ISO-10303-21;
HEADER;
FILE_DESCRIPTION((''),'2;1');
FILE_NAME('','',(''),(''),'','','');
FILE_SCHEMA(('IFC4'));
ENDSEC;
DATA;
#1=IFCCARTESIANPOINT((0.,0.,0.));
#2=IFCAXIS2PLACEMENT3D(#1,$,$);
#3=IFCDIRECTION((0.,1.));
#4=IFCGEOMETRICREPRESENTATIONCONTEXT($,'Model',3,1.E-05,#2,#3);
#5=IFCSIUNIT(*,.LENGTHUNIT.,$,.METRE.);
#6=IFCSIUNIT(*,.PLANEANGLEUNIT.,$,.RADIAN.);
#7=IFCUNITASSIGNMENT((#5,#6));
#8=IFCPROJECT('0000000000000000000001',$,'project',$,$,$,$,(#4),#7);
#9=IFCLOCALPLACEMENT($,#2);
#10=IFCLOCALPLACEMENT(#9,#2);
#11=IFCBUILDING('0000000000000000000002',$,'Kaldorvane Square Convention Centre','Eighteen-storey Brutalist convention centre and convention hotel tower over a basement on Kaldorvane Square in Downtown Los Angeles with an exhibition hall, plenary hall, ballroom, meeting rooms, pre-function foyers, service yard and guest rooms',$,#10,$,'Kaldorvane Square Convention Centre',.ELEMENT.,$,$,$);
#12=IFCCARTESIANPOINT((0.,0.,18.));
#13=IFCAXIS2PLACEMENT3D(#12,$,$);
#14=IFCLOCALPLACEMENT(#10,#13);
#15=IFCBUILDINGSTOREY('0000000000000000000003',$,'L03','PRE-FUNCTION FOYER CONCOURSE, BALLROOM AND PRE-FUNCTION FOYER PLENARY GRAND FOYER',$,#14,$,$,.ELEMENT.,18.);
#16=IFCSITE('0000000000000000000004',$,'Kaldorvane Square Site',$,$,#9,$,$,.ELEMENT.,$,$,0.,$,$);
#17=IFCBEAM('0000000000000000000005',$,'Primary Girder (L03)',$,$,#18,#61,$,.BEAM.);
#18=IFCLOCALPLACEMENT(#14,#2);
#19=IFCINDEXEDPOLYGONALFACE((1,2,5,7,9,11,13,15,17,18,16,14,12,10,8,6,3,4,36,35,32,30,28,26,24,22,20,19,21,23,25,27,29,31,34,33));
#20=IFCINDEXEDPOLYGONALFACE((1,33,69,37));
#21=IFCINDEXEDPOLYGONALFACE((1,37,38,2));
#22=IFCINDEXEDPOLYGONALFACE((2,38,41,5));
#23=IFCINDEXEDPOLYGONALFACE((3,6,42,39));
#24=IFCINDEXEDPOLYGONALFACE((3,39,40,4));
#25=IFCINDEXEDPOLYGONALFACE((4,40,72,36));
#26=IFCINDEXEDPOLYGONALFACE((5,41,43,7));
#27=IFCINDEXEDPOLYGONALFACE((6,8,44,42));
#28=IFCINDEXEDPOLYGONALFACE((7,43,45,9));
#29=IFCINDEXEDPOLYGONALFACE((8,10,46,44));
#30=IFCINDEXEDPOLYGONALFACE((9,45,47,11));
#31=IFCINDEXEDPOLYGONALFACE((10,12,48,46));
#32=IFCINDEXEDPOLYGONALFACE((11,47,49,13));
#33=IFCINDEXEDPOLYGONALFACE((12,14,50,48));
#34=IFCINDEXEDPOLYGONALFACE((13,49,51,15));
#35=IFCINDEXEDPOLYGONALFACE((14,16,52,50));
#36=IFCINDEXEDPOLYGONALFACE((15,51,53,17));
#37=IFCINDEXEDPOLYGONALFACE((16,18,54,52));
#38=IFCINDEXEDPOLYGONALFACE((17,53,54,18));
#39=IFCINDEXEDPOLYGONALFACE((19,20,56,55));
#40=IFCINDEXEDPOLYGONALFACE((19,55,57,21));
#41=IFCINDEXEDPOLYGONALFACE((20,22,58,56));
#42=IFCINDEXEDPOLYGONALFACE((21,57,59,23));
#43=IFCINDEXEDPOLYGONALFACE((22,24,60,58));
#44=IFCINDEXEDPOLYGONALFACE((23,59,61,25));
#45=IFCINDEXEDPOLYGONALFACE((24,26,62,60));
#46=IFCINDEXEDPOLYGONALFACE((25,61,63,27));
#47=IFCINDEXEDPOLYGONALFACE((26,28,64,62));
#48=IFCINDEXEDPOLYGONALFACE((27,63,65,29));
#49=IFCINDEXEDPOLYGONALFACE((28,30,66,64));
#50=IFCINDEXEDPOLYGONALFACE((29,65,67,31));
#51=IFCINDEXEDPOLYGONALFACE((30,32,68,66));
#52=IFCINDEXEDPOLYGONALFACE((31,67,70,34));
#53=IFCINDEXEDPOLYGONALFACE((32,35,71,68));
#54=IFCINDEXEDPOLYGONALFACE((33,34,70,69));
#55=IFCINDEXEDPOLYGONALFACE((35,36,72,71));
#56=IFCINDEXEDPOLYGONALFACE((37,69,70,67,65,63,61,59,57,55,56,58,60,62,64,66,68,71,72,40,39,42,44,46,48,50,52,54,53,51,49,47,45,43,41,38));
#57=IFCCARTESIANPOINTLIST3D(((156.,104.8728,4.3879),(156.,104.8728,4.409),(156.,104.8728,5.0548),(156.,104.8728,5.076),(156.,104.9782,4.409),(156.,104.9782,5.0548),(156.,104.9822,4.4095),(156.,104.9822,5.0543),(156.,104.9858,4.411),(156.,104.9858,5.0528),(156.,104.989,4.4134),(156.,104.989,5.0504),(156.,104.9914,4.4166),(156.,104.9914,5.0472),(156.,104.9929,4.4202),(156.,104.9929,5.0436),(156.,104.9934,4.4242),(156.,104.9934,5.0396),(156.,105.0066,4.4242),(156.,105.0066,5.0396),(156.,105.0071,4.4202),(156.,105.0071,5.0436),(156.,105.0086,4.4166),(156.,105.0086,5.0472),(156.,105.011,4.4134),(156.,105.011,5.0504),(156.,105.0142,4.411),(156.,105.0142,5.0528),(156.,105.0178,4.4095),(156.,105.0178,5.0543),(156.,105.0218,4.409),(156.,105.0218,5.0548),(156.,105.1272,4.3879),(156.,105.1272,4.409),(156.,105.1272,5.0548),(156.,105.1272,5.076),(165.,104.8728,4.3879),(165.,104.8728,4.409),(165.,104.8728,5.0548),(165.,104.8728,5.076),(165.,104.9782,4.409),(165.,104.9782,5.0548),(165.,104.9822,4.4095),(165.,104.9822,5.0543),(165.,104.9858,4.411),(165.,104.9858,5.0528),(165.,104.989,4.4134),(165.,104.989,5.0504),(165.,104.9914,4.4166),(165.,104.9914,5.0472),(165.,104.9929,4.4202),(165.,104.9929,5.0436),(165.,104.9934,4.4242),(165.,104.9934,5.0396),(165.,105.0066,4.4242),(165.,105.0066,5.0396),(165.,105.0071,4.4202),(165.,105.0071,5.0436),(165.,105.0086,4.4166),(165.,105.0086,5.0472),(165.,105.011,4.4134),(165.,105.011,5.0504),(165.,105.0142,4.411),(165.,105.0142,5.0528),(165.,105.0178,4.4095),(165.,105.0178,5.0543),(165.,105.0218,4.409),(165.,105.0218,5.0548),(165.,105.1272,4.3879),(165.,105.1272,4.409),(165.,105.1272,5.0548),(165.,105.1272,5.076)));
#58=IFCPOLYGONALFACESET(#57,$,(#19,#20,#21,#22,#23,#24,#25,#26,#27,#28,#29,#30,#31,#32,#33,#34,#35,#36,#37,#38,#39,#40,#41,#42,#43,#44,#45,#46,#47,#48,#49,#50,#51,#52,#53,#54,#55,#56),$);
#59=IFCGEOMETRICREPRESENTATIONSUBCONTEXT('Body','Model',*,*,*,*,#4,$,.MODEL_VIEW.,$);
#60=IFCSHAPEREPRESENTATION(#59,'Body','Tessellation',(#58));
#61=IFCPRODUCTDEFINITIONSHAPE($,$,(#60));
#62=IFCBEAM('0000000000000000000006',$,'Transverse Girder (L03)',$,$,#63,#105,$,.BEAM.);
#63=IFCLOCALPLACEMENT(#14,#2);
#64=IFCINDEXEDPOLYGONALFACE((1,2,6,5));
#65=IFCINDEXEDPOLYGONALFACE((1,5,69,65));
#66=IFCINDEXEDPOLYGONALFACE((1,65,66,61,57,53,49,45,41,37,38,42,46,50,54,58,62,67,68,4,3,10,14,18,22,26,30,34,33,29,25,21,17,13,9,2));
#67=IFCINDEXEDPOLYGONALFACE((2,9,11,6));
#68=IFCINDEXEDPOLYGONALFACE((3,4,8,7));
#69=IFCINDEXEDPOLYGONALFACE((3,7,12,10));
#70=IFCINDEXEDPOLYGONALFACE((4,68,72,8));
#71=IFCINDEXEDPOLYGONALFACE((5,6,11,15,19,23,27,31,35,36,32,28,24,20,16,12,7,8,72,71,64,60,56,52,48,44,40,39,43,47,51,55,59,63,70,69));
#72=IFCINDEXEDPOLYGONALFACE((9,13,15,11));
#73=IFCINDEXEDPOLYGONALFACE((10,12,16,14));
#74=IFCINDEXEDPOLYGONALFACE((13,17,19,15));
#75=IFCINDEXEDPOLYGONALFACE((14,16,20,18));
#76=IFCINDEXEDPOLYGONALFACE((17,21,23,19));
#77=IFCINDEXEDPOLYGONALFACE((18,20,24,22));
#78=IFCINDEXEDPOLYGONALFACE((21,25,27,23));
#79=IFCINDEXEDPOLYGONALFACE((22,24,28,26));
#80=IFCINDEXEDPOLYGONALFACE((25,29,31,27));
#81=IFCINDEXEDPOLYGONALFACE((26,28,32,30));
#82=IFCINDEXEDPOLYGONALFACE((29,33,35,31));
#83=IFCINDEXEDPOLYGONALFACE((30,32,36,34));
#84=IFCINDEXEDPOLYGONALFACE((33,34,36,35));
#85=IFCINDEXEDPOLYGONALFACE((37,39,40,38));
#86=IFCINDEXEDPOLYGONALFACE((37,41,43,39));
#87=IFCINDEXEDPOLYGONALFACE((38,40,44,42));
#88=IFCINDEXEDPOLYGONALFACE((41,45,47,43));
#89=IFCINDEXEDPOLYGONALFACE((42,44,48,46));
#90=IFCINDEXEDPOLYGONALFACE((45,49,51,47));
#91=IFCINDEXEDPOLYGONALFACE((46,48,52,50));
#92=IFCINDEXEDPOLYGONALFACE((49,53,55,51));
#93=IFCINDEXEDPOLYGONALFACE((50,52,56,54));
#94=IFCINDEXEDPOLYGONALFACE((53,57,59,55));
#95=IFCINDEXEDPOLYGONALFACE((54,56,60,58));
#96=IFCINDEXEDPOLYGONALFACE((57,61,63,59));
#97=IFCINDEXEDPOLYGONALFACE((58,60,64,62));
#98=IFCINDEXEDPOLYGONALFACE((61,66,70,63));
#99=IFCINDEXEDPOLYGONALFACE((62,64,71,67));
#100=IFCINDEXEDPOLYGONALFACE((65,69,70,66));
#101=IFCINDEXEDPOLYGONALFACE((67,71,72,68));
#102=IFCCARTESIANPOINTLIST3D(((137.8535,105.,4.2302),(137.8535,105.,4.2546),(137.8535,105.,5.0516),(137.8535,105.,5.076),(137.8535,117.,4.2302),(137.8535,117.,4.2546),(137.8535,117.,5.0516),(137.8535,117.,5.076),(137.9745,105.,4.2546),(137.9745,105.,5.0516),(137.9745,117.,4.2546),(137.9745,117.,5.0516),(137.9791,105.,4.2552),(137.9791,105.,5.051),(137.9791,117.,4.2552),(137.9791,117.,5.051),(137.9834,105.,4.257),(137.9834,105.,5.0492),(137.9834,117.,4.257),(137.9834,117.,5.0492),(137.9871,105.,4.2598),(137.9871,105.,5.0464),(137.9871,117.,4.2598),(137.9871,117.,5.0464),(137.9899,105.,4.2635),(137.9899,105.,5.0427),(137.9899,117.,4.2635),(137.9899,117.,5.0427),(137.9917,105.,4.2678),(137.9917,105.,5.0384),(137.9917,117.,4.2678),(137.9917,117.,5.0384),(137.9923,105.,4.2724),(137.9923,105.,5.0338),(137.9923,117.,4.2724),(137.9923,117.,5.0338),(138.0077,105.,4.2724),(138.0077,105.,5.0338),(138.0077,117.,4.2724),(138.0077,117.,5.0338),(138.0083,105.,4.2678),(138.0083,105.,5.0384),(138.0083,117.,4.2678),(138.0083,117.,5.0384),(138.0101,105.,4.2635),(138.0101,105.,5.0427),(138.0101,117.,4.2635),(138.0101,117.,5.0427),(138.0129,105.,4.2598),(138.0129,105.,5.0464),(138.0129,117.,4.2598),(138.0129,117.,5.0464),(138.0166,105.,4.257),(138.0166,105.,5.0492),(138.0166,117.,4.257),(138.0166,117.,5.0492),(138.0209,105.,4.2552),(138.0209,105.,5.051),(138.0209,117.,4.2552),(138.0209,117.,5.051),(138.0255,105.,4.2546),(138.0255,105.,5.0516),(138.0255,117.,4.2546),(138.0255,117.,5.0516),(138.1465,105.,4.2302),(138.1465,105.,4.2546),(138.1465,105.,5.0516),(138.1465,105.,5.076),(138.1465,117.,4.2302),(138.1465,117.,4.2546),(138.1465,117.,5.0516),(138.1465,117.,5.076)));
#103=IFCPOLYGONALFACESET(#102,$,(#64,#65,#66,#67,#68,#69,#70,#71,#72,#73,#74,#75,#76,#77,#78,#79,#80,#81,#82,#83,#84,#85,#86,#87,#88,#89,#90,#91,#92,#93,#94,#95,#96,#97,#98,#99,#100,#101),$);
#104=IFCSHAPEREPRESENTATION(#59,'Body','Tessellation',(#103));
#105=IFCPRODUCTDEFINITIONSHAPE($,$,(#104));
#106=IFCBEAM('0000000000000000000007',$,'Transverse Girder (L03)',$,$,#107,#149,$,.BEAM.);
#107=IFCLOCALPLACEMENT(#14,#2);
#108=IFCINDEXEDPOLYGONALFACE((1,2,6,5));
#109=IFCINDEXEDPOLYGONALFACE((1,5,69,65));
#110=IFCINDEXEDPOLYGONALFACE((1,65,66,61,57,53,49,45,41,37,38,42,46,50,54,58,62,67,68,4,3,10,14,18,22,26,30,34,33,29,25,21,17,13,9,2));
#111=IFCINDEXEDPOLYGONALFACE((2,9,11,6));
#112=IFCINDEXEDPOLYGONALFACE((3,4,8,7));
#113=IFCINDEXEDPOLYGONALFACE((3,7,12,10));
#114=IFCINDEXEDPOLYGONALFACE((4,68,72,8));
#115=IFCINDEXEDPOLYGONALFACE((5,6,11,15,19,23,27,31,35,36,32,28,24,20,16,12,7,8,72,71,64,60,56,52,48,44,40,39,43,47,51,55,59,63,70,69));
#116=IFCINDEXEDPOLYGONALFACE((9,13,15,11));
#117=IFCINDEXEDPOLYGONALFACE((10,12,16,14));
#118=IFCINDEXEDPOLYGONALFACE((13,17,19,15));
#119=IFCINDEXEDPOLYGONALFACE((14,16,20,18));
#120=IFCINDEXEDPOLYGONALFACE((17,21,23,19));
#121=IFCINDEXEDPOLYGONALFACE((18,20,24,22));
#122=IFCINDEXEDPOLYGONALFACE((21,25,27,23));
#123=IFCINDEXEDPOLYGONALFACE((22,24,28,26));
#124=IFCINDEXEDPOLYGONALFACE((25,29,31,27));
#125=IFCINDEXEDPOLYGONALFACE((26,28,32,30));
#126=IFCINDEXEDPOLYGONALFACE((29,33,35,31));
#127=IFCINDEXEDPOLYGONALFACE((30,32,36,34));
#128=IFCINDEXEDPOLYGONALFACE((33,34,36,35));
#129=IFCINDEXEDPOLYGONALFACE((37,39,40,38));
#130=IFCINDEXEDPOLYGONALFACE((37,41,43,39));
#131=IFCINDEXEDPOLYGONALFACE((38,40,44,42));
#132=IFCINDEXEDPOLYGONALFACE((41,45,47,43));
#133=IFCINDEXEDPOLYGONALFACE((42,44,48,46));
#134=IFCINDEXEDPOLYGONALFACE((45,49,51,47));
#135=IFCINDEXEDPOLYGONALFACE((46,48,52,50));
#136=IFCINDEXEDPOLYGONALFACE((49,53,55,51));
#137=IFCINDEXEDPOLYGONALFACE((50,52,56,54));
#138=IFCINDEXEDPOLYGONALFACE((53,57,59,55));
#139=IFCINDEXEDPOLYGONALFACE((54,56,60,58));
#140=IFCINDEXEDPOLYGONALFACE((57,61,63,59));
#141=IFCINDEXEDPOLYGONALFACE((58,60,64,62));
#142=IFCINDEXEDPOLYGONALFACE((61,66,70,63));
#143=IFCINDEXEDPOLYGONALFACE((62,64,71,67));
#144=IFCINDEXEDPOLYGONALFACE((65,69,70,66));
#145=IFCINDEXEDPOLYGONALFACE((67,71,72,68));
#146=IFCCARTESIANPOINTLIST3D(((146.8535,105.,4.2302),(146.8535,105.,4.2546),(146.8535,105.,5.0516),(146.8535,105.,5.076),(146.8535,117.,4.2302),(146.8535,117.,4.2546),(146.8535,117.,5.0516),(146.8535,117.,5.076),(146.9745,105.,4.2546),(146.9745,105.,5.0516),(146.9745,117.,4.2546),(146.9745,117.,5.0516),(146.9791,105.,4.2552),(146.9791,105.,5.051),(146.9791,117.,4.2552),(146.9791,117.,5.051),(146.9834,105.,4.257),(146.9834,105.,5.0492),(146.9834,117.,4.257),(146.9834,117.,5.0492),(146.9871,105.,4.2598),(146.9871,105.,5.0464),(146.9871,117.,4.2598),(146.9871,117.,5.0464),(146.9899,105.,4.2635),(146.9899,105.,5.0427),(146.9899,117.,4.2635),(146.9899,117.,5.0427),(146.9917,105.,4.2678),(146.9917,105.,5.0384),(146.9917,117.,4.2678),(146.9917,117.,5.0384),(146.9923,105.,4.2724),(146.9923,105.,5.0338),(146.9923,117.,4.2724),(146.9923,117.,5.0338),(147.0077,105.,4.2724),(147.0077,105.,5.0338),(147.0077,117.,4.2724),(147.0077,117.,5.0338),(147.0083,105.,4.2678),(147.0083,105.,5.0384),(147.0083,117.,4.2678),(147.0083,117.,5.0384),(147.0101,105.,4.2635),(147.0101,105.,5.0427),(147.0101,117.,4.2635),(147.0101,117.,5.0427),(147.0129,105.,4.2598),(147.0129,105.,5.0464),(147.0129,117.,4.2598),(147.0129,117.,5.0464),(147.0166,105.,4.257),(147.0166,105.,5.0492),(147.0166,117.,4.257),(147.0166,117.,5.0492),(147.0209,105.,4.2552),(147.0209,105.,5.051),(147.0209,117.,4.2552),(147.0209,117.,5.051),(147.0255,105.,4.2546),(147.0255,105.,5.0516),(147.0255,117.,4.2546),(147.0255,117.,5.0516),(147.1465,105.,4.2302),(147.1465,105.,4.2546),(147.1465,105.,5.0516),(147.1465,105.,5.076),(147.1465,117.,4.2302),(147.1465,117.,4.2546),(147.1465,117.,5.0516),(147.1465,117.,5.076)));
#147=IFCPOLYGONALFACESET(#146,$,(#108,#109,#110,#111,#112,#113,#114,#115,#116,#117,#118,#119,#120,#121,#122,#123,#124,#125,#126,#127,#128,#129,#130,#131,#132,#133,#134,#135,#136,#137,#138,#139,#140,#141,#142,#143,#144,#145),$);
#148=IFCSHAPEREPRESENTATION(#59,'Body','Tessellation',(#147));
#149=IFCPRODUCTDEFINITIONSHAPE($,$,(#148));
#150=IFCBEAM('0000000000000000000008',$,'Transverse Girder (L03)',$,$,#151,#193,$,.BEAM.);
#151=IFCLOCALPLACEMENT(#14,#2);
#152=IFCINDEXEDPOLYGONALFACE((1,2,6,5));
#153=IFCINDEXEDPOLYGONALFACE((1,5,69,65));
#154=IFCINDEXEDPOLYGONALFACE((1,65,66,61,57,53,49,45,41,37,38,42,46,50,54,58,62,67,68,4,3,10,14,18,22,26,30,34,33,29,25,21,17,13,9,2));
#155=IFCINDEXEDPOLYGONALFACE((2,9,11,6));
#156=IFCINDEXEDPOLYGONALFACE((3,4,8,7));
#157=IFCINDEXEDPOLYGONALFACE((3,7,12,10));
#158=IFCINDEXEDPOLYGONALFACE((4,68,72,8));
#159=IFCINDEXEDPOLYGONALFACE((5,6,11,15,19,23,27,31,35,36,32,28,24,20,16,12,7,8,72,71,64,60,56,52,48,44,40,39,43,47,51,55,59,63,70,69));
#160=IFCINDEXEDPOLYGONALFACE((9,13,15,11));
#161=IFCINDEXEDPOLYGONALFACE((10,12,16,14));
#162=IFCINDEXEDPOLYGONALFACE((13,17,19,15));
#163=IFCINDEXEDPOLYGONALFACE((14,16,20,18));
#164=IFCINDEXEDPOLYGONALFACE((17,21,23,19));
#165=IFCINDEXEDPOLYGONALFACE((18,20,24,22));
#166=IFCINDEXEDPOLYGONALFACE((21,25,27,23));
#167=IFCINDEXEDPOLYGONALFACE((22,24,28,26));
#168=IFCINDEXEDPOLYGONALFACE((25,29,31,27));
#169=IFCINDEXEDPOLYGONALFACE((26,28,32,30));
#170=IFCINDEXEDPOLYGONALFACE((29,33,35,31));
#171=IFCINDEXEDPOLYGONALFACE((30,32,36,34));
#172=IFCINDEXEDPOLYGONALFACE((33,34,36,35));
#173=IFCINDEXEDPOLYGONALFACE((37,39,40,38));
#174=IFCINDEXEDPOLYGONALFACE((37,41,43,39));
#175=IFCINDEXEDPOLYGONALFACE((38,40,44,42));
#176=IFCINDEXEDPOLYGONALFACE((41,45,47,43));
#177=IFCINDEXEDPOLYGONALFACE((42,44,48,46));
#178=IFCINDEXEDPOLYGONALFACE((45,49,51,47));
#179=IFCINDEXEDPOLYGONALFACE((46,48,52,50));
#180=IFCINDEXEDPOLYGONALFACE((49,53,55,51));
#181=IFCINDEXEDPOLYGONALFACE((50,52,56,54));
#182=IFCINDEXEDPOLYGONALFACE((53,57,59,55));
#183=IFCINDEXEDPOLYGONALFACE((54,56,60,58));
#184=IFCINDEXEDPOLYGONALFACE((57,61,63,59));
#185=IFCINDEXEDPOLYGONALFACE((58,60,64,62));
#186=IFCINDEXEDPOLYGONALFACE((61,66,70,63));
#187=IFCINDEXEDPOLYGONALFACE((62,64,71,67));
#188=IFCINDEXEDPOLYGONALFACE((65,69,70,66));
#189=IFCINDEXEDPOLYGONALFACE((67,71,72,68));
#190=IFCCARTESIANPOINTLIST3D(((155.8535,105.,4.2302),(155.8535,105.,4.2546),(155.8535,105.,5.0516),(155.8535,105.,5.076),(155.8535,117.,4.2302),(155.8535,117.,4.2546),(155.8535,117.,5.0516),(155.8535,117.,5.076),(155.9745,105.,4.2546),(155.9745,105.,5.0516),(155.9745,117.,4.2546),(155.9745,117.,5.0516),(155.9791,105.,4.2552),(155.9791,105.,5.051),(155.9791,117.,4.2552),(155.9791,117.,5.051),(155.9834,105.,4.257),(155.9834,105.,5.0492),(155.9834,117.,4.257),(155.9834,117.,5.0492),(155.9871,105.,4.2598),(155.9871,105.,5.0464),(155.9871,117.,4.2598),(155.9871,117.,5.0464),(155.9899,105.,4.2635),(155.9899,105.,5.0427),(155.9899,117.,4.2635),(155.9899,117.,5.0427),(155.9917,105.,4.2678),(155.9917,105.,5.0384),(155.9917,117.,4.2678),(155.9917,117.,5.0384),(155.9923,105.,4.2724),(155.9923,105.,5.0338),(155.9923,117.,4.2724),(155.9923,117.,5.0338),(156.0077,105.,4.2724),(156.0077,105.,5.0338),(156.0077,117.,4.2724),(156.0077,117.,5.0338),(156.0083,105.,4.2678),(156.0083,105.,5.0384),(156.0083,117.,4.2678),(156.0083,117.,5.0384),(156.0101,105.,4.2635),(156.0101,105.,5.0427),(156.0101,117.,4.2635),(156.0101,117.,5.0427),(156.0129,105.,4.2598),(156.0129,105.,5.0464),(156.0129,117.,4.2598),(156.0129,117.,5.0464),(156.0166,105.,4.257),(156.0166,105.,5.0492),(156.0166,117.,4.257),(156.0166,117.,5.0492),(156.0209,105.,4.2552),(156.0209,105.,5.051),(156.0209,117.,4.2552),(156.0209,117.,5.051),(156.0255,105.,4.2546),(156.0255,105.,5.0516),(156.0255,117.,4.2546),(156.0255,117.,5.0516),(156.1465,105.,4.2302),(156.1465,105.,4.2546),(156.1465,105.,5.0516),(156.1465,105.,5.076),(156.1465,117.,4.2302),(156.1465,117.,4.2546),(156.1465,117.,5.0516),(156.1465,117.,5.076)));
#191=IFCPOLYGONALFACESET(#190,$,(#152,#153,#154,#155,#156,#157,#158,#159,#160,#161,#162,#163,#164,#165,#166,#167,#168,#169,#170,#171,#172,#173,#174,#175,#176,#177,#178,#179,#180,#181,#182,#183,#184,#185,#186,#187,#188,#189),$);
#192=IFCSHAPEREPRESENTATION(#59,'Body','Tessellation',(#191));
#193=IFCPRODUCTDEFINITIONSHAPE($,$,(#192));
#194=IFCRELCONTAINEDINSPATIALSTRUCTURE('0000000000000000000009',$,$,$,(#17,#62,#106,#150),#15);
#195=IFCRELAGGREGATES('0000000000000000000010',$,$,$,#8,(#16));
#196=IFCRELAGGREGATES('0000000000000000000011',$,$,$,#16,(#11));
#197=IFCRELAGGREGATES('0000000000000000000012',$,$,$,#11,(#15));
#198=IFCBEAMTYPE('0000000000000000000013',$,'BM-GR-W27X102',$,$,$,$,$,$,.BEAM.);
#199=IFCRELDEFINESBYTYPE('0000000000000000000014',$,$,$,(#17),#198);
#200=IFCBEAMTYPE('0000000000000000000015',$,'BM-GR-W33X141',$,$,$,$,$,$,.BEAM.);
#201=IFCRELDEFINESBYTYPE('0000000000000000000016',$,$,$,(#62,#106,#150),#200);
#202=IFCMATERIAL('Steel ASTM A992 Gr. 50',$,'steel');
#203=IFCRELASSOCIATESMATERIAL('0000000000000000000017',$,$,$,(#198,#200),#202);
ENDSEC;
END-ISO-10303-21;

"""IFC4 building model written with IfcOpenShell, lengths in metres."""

from ifc_helpers import new_model, si_unit, direction, frame, origin, origin_2d, place, context, subcontext, project, spatial, i_section, extrude, material, material_profile, profile_set, type_object, element, save


model = new_model("IFC4")

# Units and contexts
model_context = context("Model", 3, precision=1e-05, world=origin(), true_north=direction((0.0, 1.0)))
body_context = subcontext(model_context, "Body", "Model", "MODEL_VIEW")
ifc_project = project(units=[si_unit("LENGTHUNIT", "METRE"), si_unit("PLANEANGLEUNIT", "RADIAN")], contexts=[model_context])

# Site, building, storey
site_placement = place(None, origin())
site = spatial("IfcSite", under=ifc_project, at=site_placement, Name="Kaldorvane Square Site", CompositionType="ELEMENT", RefElevation=0.0)
building_placement = place(site_placement, origin())
building = spatial("IfcBuilding", under=site, at=building_placement, Name="Kaldorvane Square Convention Centre", Description="Eighteen-storey Brutalist convention centre and convention hotel tower over a basement on Kaldorvane Square in Downtown Los Angeles with an exhibition hall, plenary hall, ballroom, meeting rooms, pre-function foyers, service yard and guest rooms", LongName="Kaldorvane Square Convention Centre", CompositionType="ELEMENT")
storey_placement = place(building_placement, frame((0.0, 0.0, 18.0)))
storey = spatial("IfcBuildingStorey", under=building, at=storey_placement, Name="L03", Description="PRE-FUNCTION FOYER CONCOURSE, BALLROOM AND PRE-FUNCTION FOYER PLENARY GRAND FOYER", CompositionType="ELEMENT", Elevation=18.0)

# Shared definitions
ifc_material_1 = material(Name="Steel ASTM A992 Gr. 50", Category="steel")

# Beams
ifc_material_profile_1 = material_profile(ifc_material_1, i_section(OverallWidth=0.2544, OverallDepth=0.6881, WebThickness=0.0131, FlangeThickness=0.0211, FilletRadius=0.0152, at=origin_2d()), Name="W27X102")
ifc_profile_set_1 = profile_set([ifc_material_profile_1], Name="Steel ASTM A992 Gr. 50")
beam_type_1 = type_object("IfcBeamType", Name="BM-GR-W27X102", PredefinedType="BEAM", material=ifc_profile_set_1)
for number, where, z_axis, x_axis, name in (
    (1, (156.0, 105.0, 4.7319), (1.0, 0.0, 0.0), (0.0, 1.0, 0.0), "Primary Girder (L03)"),
):
    element("IfcBeam", number, at=place(storey_placement, frame(where, z_axis=z_axis, x_axis=x_axis)), inside=storey, type_object=beam_type_1, Name=name, PredefinedType="BEAM", context=body_context, shape_type="SweptSolid", body=[
        extrude(i_section(OverallWidth=0.2544, OverallDepth=0.6881, WebThickness=0.0131, FlangeThickness=0.0211, FilletRadius=0.0152, at=origin_2d()), origin(), (0.0, 0.0, 1.0), 9.0),
    ])
ifc_material_profile_2 = material_profile(ifc_material_1, i_section(OverallWidth=0.293, OverallDepth=0.8458, WebThickness=0.0154, FlangeThickness=0.0244, FilletRadius=0.0178, at=origin_2d()), Name="W33X141")
ifc_profile_set_2 = profile_set([ifc_material_profile_2], Name="Steel ASTM A992 Gr. 50")
beam_type_2 = type_object("IfcBeamType", Name="BM-GR-W33X141", PredefinedType="BEAM", material=ifc_profile_set_2)
for number, where, z_axis, x_axis, name in (
    (2, (138.0, 105.0, 4.6531), (0.0, 1.0, 0.0), (-1.0, 0.0, 0.0), "Transverse Girder (L03)"),
    (3, (147.0, 105.0, 4.6531), (0.0, 1.0, 0.0), (-1.0, 0.0, 0.0), "Transverse Girder (L03)"),
    (4, (156.0, 105.0, 4.6531), (0.0, 1.0, 0.0), (-1.0, 0.0, 0.0), "Transverse Girder (L03)"),
):
    element("IfcBeam", number, at=place(storey_placement, frame(where, z_axis=z_axis, x_axis=x_axis)), inside=storey, type_object=beam_type_2, Name=name, PredefinedType="BEAM", context=body_context, shape_type="SweptSolid", body=[
        extrude(i_section(OverallWidth=0.293, OverallDepth=0.8458, WebThickness=0.0154, FlangeThickness=0.0244, FilletRadius=0.0178, at=origin_2d()), origin(), (0.0, 0.0, 1.0), 12.0),
    ])

save(model, "model.ifc")
